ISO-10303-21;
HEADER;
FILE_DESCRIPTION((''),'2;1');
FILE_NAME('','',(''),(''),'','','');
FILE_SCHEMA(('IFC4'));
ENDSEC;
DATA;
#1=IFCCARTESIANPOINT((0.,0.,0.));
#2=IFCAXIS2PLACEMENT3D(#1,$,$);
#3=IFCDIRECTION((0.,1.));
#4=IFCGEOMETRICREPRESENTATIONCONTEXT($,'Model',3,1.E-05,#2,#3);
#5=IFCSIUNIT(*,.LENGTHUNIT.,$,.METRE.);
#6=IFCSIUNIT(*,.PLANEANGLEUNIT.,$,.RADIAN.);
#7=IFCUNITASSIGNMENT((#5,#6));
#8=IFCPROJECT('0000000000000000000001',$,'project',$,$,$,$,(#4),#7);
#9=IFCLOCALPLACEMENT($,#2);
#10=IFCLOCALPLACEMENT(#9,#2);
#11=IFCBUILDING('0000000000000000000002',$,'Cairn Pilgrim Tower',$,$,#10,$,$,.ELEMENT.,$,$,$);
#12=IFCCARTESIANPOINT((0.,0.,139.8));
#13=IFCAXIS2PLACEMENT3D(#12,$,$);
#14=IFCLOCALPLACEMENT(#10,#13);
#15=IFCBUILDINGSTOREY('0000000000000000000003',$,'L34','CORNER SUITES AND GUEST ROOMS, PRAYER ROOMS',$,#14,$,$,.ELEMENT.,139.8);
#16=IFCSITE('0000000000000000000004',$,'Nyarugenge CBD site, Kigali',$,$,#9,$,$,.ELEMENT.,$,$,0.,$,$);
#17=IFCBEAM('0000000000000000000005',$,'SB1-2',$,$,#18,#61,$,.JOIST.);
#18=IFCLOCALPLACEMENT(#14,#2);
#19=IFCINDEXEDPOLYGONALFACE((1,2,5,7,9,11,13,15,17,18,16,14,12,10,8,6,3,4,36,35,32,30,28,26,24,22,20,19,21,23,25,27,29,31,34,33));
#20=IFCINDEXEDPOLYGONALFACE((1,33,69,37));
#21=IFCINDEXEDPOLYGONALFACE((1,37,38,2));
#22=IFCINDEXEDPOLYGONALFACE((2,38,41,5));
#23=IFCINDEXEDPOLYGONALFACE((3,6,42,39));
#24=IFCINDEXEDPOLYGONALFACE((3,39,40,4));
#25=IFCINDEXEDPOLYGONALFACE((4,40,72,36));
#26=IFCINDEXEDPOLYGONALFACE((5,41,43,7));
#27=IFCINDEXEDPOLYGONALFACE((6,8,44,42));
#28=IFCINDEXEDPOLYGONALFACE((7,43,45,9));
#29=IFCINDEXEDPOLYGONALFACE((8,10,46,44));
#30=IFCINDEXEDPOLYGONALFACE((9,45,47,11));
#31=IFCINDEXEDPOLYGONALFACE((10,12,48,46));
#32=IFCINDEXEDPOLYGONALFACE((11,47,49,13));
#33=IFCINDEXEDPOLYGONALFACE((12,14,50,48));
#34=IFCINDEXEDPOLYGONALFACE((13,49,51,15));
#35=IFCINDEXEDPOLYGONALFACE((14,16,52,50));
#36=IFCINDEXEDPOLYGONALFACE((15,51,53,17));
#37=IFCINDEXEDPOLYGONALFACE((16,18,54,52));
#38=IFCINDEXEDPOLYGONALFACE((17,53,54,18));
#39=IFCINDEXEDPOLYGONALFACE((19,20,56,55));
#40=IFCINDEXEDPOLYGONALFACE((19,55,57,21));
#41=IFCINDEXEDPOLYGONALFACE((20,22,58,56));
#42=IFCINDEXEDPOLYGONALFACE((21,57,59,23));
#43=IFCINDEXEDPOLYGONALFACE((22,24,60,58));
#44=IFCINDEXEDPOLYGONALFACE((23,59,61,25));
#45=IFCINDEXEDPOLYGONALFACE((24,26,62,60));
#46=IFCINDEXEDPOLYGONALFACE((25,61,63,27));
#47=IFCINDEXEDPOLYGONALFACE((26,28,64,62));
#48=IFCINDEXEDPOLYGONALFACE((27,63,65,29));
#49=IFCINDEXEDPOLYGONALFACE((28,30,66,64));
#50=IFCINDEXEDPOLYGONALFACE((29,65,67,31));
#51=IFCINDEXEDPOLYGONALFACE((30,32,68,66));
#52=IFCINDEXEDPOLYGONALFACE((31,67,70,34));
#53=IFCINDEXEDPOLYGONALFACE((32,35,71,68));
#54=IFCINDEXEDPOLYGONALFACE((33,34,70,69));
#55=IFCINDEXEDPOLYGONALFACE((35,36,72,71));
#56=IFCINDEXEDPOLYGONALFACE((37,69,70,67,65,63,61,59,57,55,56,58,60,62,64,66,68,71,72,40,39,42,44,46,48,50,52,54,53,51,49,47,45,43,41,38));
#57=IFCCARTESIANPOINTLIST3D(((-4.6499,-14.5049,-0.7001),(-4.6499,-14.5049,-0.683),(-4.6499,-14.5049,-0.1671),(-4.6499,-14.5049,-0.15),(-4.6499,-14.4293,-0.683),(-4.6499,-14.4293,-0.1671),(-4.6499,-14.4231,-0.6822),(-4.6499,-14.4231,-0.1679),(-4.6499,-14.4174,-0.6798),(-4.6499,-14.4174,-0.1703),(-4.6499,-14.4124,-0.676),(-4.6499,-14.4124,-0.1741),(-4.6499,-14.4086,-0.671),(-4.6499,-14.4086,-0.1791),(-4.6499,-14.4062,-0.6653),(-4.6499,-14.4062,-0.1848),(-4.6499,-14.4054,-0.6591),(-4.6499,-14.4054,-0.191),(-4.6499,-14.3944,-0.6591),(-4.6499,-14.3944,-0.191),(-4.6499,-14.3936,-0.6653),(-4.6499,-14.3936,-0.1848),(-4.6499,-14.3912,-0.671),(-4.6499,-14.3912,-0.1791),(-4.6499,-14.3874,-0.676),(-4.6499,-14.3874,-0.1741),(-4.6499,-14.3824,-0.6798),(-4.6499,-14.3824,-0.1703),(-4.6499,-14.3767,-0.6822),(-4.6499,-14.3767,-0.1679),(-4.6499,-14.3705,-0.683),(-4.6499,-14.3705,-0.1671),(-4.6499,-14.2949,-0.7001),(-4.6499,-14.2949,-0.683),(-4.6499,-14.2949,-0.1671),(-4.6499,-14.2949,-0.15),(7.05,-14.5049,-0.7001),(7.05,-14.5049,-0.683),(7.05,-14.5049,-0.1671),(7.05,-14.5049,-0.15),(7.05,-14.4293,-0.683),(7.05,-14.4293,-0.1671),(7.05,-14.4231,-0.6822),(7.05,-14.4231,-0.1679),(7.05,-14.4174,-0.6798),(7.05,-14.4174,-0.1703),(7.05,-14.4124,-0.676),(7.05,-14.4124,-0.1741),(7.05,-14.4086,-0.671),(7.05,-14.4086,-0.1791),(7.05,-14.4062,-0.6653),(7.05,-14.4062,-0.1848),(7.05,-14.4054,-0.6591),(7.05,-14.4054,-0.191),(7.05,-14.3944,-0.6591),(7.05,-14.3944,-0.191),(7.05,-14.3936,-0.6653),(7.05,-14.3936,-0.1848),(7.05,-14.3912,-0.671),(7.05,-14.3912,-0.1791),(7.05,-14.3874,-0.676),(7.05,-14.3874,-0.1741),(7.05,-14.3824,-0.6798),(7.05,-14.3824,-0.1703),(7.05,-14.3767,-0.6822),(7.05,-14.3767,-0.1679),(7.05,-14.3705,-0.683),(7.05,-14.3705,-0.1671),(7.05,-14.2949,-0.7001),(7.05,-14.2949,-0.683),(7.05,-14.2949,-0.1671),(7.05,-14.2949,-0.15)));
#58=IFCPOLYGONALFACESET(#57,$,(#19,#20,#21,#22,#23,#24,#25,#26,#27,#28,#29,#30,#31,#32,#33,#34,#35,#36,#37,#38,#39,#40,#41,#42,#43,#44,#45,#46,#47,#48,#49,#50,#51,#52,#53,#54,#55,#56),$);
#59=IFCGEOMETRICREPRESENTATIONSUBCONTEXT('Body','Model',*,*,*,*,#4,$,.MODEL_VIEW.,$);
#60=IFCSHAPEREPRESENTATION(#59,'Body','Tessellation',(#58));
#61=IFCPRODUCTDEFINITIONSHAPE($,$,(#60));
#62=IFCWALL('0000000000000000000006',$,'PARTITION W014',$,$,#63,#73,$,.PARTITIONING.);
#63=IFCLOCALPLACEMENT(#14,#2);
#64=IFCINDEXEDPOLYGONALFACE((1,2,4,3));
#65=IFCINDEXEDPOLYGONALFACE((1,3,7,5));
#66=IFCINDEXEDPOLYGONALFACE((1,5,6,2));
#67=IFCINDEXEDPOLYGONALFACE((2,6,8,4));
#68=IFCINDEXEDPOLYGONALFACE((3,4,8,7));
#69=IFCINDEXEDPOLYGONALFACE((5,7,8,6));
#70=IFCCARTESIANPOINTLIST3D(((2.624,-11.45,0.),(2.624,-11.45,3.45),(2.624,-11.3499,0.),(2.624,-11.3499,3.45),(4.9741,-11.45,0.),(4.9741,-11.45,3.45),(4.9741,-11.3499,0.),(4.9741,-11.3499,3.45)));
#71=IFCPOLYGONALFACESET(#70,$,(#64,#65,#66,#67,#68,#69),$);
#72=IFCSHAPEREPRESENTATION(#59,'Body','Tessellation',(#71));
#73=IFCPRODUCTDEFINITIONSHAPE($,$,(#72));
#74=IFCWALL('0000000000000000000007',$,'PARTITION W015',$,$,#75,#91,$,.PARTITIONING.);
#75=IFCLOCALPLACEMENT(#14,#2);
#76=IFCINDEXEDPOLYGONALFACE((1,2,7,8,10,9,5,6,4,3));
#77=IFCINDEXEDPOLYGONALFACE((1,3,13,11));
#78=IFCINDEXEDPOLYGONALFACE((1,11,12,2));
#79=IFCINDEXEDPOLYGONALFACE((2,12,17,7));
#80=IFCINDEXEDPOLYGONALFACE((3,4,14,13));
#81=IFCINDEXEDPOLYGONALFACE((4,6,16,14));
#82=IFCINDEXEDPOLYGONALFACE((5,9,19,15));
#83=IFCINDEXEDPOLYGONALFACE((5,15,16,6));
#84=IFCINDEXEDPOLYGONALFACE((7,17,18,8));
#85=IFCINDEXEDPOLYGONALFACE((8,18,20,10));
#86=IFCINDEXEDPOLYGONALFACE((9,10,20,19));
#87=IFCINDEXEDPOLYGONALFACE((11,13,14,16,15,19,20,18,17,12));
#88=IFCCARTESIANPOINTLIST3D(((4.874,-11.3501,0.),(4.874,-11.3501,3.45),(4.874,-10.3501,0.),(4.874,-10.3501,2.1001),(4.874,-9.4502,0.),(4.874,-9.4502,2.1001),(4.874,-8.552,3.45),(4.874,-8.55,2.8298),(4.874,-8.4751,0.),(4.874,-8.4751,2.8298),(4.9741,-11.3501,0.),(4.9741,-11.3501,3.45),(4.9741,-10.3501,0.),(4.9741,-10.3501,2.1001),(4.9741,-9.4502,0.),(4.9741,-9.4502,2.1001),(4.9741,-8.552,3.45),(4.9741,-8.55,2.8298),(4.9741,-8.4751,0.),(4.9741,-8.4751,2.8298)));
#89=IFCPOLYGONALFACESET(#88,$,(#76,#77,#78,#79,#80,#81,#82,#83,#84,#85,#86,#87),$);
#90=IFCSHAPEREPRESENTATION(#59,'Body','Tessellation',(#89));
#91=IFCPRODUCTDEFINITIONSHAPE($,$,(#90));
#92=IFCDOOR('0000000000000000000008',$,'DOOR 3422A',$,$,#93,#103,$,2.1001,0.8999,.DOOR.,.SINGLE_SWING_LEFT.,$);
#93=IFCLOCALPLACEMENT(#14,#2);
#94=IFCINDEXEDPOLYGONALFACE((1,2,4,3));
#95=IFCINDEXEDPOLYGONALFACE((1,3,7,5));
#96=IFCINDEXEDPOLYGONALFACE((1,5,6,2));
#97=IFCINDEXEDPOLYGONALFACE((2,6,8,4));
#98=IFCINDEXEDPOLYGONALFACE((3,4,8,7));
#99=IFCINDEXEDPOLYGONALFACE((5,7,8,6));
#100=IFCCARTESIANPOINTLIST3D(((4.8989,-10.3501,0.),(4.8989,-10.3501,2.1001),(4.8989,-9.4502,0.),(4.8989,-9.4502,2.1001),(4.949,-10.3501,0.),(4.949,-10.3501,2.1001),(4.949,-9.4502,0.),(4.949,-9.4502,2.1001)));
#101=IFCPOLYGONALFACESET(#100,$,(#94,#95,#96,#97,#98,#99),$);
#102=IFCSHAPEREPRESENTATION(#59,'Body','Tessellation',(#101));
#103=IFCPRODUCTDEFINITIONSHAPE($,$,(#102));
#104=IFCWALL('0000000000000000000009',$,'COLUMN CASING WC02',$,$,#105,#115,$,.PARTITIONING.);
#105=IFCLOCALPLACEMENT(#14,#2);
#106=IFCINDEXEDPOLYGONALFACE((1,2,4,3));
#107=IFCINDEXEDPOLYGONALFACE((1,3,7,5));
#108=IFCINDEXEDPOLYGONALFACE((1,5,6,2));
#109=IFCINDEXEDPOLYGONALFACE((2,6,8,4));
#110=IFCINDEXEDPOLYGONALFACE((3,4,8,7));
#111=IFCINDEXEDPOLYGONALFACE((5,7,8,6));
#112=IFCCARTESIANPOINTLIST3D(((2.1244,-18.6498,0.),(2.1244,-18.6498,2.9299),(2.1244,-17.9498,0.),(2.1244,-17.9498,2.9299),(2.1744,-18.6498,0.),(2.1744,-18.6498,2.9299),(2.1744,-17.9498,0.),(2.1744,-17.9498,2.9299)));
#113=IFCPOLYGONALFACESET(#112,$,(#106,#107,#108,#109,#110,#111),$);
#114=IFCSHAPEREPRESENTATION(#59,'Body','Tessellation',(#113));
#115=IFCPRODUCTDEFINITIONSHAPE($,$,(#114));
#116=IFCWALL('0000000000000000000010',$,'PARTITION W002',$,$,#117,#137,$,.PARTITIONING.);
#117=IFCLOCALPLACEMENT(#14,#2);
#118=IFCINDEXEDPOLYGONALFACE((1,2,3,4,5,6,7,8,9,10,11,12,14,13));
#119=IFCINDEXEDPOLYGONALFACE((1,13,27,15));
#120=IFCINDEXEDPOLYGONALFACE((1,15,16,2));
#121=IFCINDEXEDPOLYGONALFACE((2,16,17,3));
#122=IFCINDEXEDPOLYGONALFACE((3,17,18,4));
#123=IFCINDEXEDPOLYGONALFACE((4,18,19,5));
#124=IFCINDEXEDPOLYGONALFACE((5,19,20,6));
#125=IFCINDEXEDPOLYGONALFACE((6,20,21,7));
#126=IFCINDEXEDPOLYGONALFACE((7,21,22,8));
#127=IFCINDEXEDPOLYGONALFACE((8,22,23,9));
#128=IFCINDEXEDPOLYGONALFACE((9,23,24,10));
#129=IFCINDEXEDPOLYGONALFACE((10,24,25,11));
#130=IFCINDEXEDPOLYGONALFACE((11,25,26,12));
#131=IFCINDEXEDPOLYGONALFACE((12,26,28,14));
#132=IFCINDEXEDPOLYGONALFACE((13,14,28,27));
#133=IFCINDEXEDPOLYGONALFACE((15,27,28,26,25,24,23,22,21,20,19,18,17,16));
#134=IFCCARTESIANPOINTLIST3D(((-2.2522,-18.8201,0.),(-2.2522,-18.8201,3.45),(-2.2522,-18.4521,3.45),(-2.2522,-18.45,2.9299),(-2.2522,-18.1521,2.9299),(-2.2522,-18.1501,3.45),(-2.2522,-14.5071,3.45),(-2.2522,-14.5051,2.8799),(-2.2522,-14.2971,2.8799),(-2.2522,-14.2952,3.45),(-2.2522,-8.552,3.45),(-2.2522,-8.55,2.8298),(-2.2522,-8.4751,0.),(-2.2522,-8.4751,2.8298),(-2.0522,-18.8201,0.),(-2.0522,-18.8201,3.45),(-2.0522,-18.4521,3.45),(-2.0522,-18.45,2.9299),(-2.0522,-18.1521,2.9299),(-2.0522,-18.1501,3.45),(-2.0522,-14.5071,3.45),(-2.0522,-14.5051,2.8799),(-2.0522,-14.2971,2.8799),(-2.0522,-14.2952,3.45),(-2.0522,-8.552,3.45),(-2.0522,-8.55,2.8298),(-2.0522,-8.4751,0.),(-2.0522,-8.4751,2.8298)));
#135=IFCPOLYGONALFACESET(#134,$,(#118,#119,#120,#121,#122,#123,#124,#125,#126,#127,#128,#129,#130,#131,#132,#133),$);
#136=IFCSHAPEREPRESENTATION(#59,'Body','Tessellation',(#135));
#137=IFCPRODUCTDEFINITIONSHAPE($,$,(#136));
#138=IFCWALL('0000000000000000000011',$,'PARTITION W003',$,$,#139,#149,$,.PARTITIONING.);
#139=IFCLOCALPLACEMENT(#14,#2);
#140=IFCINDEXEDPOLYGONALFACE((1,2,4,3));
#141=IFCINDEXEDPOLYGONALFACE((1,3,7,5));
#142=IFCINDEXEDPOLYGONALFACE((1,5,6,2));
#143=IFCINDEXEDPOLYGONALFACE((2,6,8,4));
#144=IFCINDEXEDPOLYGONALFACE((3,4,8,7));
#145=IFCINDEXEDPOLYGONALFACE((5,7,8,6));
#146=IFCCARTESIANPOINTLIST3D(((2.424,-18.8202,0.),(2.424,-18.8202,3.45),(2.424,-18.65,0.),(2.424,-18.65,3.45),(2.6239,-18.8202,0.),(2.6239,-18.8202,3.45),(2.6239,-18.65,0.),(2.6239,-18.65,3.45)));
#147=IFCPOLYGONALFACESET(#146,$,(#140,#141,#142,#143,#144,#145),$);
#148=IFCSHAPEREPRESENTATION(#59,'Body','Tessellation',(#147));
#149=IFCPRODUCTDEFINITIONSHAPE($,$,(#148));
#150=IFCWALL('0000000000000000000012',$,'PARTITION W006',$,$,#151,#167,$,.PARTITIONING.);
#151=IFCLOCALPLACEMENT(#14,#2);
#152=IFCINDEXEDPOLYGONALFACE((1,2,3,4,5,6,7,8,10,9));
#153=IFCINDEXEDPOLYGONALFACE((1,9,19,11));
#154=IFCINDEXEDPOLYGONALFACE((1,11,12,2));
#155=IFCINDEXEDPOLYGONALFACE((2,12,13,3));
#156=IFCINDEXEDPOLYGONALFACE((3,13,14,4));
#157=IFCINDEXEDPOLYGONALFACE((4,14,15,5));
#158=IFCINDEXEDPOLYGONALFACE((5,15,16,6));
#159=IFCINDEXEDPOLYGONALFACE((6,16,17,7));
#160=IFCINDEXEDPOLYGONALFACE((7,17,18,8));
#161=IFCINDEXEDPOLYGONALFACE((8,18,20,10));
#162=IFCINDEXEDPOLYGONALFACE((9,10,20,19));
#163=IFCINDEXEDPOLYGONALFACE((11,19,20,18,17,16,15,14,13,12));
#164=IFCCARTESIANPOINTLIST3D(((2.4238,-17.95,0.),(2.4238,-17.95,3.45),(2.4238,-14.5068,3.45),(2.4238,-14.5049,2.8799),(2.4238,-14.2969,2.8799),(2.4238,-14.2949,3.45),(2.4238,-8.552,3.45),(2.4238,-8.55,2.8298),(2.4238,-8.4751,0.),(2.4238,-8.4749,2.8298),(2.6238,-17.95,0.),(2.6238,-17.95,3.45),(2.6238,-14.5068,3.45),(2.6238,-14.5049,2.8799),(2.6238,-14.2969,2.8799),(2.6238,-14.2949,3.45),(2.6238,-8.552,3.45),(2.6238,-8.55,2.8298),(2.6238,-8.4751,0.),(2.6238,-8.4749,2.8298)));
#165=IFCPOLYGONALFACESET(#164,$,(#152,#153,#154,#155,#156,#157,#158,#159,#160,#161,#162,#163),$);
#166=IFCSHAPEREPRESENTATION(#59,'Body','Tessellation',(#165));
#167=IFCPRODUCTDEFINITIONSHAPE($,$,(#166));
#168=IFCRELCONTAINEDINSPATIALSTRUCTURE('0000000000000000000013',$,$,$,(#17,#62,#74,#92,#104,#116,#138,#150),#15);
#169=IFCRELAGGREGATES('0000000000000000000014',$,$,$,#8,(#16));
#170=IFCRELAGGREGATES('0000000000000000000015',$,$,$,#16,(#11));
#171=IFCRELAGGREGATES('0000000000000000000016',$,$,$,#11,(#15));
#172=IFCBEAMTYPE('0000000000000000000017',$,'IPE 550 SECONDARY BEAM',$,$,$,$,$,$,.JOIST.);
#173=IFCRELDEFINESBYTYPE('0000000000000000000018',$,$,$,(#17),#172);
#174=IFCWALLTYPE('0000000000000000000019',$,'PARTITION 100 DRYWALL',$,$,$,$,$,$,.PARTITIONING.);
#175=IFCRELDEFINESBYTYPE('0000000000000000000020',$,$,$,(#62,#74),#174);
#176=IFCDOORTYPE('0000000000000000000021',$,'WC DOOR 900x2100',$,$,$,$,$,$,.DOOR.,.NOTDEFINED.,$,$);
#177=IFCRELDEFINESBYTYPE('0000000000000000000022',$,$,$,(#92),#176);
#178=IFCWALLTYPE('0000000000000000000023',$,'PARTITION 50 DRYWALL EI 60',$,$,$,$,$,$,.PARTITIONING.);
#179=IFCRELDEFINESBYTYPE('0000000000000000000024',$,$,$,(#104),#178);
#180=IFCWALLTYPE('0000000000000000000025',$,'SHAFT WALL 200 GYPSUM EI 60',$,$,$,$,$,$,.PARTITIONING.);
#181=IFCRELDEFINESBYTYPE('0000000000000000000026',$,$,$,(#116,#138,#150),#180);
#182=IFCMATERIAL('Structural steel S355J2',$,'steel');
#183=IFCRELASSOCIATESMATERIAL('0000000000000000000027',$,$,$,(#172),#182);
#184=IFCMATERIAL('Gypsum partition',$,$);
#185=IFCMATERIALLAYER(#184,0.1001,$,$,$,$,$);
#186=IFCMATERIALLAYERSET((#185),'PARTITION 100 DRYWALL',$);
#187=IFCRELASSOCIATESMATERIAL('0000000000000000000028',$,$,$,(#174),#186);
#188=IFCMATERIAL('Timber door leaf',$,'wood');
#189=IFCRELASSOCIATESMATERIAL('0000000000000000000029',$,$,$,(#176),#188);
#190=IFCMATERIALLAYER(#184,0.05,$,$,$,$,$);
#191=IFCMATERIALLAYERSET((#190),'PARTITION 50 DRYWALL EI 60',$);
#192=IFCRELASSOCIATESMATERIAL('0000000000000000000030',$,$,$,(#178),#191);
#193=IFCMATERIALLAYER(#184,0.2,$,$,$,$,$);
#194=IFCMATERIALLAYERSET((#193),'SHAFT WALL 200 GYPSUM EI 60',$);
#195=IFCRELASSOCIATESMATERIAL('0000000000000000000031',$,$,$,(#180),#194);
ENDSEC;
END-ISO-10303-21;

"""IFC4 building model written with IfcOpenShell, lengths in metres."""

from ifc_helpers import new_model, si_unit, direction, frame, frame_2d, origin, origin_2d, place, context, subcontext, project, spatial, polyline, rectangle, i_section, outline, extrude, material, layer, layer_set, material_profile, profile_set, type_object, element, fill, save


model = new_model("IFC4")

# Units and contexts
model_context = context("Model", 3, precision=1e-05, world=origin(), true_north=direction((0.0, 1.0)))
body_context = subcontext(model_context, "Body", "Model", "MODEL_VIEW")
ifc_project = project(units=[si_unit("LENGTHUNIT", "METRE"), si_unit("PLANEANGLEUNIT", "RADIAN")], contexts=[model_context])

# Site, building, storey
site_placement = place(None, origin())
site = spatial("IfcSite", under=ifc_project, at=site_placement, Name="Nyarugenge CBD site, Kigali", CompositionType="ELEMENT", RefElevation=0.0)
building_placement = place(site_placement, origin())
building = spatial("IfcBuilding", under=site, at=building_placement, Name="Cairn Pilgrim Tower", CompositionType="ELEMENT")
storey_placement = place(building_placement, frame((0.0, 0.0, 139.8)))
storey = spatial("IfcBuildingStorey", under=building, at=storey_placement, Name="L34", Description="CORNER SUITES AND GUEST ROOMS, PRAYER ROOMS", CompositionType="ELEMENT", Elevation=139.8)

# Beam
ifc_material_1 = material(Name="Structural steel S355J2", Category="steel")
ifc_material_profile_1 = material_profile(ifc_material_1, i_section(OverallWidth=0.21, OverallDepth=0.55, WebThickness=0.011, FlangeThickness=0.0171, FilletRadius=0.0239, at=origin_2d()), Name="IPE 550")
ifc_profile_set_1 = profile_set([ifc_material_profile_1], Name="Structural steel S355J2")
beam_type_1 = type_object("IfcBeamType", Name="IPE 550 SECONDARY BEAM", PredefinedType="JOIST", material=ifc_profile_set_1)
beam_1_placement = place(storey_placement, frame((-4.6499, -14.3999, -0.425), z_axis=(1.0, 0.0, 0.0), x_axis=(0.0, 1.0, 0.0)))
element("IfcBeam", 1, at=beam_1_placement, inside=storey, type_object=beam_type_1, Name="SB1-2", PredefinedType="JOIST", context=body_context, shape_type="SweptSolid", body=[
    extrude(i_section(OverallWidth=0.21, OverallDepth=0.55, WebThickness=0.011, FlangeThickness=0.0171, FilletRadius=0.0239, at=origin_2d()), origin(), (0.0, 0.0, 1.0), 11.7),
])

# Wall
ifc_material_2 = material(Name="Gypsum partition")
ifc_layer_1 = layer(ifc_material_2, 0.1001)
ifc_layer_set_1 = layer_set([ifc_layer_1], Name="PARTITION 100 DRYWALL")
wall_type_1 = type_object("IfcWallType", Name="PARTITION 100 DRYWALL", PredefinedType="PARTITIONING", material=ifc_layer_set_1)
wall_1_placement = place(storey_placement, frame((2.624, -11.3999, 0.0), z_axis=(0.0, 0.0, 1.0), x_axis=(1.0, 0.0, 0.0)))
element("IfcWall", 2, at=wall_1_placement, inside=storey, type_object=wall_type_1, Name="PARTITION W014", PredefinedType="PARTITIONING", context=body_context, shape_type="SweptSolid", body=[
    extrude(rectangle(XDim=2.3501, YDim=0.1001, at=frame_2d((1.175, 0.0))), origin(), (0.0, 0.0, 1.0), 3.45),
])

# Wall, opening, door
wall_2_placement = place(storey_placement, frame((4.9241, -11.3501, 0.0), z_axis=(0.0, 0.0, 1.0), x_axis=(0.0, 1.0, 0.0)))
wall_2 = element("IfcWall", 3, at=wall_2_placement, inside=storey, type_object=wall_type_1, Name="PARTITION W015", PredefinedType="PARTITIONING", context=body_context, shape_type="SweptSolid", body=[
    extrude(outline(polyline([(0.0, 0.0), (2.875, 0.0), (2.875, 2.8298), (2.8, 2.8298), (2.7981, 3.45), (0.0, 3.45), (0.0, 0.0)])), frame((0.0, 0.05, 0.0), z_axis=(0.0, -1.0, 0.0), x_axis=(1.0, 0.0, 0.0)), (0.0, 0.0, 1.0), 0.1001),
])
opening_1_placement = place(wall_2_placement, frame((1.0, 0.0, 0.0)))
opening_1 = element("IfcOpeningElement", 4, at=opening_1_placement, cuts=wall_2, PredefinedType="OPENING", context=body_context, shape_type="SweptSolid", body=[
    extrude(rectangle(XDim=0.8999, YDim=2.1001, at=frame_2d((0.45, 1.05))), frame((0.0, 0.0601, 0.0), z_axis=(0.0, -1.0, 0.0), x_axis=(1.0, 0.0, 0.0)), (0.0, 0.0, 1.0), 0.1201),
])
ifc_material_3 = material(Name="Timber door leaf", Category="wood")
door_type_1 = type_object("IfcDoorType", Name="WC DOOR 900x2100", OperationType="NOTDEFINED", PredefinedType="DOOR", material=ifc_material_3)
door_1_placement = place(opening_1_placement, frame((0.8999, 0.0, 0.0), z_axis=(0.0, 0.0, 1.0), x_axis=(-1.0, 0.0, 0.0)))
door_1 = element("IfcDoor", 5, at=door_1_placement, inside=storey, type_object=door_type_1, Name="DOOR 3422A", OperationType="SINGLE_SWING_LEFT", OverallHeight=2.1001, OverallWidth=0.8999, PredefinedType="DOOR", context=body_context, shape_type="SweptSolid", body=[
    extrude(rectangle(XDim=0.8999, YDim=2.1001, at=frame_2d((0.45, 1.05))), frame((0.0, 0.0249, 0.0), z_axis=(0.0, -1.0, 0.0), x_axis=(1.0, 0.0, 0.0)), (0.0, 0.0, 1.0), 0.05),
])
fill(opening_1, door_1)

# Walls
ifc_layer_2 = layer(ifc_material_2, 0.05)
ifc_layer_set_2 = layer_set([ifc_layer_2], Name="PARTITION 50 DRYWALL EI 60")
wall_type_2 = type_object("IfcWallType", Name="PARTITION 50 DRYWALL EI 60", PredefinedType="PARTITIONING", material=ifc_layer_set_2)
wall_3_placement = place(storey_placement, frame((2.1494, -18.6499, 0.0), z_axis=(0.0, 0.0, 1.0), x_axis=(0.0, 1.0, 0.0)))
element("IfcWall", 6, at=wall_3_placement, inside=storey, type_object=wall_type_2, Name="COLUMN CASING WC02", PredefinedType="PARTITIONING", context=body_context, shape_type="SweptSolid", body=[
    extrude(rectangle(XDim=0.7, YDim=0.05, at=frame_2d((0.3501, 0.0))), origin(), (0.0, 0.0, 1.0), 2.9299),
])
ifc_layer_3 = layer(ifc_material_2, 0.2)
ifc_layer_set_3 = layer_set([ifc_layer_3], Name="SHAFT WALL 200 GYPSUM EI 60")
wall_type_3 = type_object("IfcWallType", Name="SHAFT WALL 200 GYPSUM EI 60", PredefinedType="PARTITIONING", material=ifc_layer_set_3)
wall_4_placement = place(storey_placement, frame((-2.1521, -18.8201, 0.0), z_axis=(0.0, 0.0, 1.0), x_axis=(0.0, 1.0, 0.0)))
element("IfcWall", 7, at=wall_4_placement, inside=storey, type_object=wall_type_3, Name="PARTITION W002", PredefinedType="PARTITIONING", context=body_context, shape_type="SweptSolid", body=[
    extrude(outline(polyline([(0.0, 0.0), (10.345, 0.0), (10.345, 2.8298), (10.27, 2.8298), (10.2681, 3.45), (4.5249, 3.45), (4.5229, 2.8799), (4.3149, 2.8799), (4.313, 3.45), (0.6699, 3.45), (0.668, 2.9299), (0.3701, 2.9299), (0.3679, 3.45), (0.0, 3.45), (0.0, 0.0)])), frame((0.0, 0.1001, 0.0), z_axis=(0.0, -1.0, 0.0), x_axis=(1.0, 0.0, 0.0)), (0.0, 0.0, 1.0), 0.2),
])
wall_5_placement = place(storey_placement, frame((2.5239, -18.8201, 0.0), z_axis=(0.0, 0.0, 1.0), x_axis=(0.0, 1.0, 0.0)))
element("IfcWall", 8, at=wall_5_placement, inside=storey, type_object=wall_type_3, Name="PARTITION W003", PredefinedType="PARTITIONING", context=body_context, shape_type="SweptSolid", body=[
    extrude(rectangle(XDim=0.1702, YDim=0.2, at=frame_2d((0.085, 0.0))), origin(), (0.0, 0.0, 1.0), 3.45),
])
wall_6_placement = place(storey_placement, frame((2.5239, -17.95, 0.0), z_axis=(0.0, 0.0, 1.0), x_axis=(0.0, 1.0, 0.0)))
element("IfcWall", 9, at=wall_6_placement, inside=storey, type_object=wall_type_3, Name="PARTITION W006", PredefinedType="PARTITIONING", context=body_context, shape_type="SweptSolid", body=[
    extrude(outline(polyline([(0.0, 0.0), (9.4749, 0.0), (9.4751, 2.8298), (9.3999, 2.8298), (9.3979, 3.45), (3.655, 3.45), (3.6531, 2.8799), (3.4451, 2.8799), (3.4431, 3.45), (0.0, 3.45), (0.0, 0.0)])), frame((0.0, 0.1001, 0.0), z_axis=(0.0, -1.0, 0.0), x_axis=(1.0, 0.0, 0.0)), (0.0, 0.0, 1.0), 0.2),
])

save(model, "model.ifc")
